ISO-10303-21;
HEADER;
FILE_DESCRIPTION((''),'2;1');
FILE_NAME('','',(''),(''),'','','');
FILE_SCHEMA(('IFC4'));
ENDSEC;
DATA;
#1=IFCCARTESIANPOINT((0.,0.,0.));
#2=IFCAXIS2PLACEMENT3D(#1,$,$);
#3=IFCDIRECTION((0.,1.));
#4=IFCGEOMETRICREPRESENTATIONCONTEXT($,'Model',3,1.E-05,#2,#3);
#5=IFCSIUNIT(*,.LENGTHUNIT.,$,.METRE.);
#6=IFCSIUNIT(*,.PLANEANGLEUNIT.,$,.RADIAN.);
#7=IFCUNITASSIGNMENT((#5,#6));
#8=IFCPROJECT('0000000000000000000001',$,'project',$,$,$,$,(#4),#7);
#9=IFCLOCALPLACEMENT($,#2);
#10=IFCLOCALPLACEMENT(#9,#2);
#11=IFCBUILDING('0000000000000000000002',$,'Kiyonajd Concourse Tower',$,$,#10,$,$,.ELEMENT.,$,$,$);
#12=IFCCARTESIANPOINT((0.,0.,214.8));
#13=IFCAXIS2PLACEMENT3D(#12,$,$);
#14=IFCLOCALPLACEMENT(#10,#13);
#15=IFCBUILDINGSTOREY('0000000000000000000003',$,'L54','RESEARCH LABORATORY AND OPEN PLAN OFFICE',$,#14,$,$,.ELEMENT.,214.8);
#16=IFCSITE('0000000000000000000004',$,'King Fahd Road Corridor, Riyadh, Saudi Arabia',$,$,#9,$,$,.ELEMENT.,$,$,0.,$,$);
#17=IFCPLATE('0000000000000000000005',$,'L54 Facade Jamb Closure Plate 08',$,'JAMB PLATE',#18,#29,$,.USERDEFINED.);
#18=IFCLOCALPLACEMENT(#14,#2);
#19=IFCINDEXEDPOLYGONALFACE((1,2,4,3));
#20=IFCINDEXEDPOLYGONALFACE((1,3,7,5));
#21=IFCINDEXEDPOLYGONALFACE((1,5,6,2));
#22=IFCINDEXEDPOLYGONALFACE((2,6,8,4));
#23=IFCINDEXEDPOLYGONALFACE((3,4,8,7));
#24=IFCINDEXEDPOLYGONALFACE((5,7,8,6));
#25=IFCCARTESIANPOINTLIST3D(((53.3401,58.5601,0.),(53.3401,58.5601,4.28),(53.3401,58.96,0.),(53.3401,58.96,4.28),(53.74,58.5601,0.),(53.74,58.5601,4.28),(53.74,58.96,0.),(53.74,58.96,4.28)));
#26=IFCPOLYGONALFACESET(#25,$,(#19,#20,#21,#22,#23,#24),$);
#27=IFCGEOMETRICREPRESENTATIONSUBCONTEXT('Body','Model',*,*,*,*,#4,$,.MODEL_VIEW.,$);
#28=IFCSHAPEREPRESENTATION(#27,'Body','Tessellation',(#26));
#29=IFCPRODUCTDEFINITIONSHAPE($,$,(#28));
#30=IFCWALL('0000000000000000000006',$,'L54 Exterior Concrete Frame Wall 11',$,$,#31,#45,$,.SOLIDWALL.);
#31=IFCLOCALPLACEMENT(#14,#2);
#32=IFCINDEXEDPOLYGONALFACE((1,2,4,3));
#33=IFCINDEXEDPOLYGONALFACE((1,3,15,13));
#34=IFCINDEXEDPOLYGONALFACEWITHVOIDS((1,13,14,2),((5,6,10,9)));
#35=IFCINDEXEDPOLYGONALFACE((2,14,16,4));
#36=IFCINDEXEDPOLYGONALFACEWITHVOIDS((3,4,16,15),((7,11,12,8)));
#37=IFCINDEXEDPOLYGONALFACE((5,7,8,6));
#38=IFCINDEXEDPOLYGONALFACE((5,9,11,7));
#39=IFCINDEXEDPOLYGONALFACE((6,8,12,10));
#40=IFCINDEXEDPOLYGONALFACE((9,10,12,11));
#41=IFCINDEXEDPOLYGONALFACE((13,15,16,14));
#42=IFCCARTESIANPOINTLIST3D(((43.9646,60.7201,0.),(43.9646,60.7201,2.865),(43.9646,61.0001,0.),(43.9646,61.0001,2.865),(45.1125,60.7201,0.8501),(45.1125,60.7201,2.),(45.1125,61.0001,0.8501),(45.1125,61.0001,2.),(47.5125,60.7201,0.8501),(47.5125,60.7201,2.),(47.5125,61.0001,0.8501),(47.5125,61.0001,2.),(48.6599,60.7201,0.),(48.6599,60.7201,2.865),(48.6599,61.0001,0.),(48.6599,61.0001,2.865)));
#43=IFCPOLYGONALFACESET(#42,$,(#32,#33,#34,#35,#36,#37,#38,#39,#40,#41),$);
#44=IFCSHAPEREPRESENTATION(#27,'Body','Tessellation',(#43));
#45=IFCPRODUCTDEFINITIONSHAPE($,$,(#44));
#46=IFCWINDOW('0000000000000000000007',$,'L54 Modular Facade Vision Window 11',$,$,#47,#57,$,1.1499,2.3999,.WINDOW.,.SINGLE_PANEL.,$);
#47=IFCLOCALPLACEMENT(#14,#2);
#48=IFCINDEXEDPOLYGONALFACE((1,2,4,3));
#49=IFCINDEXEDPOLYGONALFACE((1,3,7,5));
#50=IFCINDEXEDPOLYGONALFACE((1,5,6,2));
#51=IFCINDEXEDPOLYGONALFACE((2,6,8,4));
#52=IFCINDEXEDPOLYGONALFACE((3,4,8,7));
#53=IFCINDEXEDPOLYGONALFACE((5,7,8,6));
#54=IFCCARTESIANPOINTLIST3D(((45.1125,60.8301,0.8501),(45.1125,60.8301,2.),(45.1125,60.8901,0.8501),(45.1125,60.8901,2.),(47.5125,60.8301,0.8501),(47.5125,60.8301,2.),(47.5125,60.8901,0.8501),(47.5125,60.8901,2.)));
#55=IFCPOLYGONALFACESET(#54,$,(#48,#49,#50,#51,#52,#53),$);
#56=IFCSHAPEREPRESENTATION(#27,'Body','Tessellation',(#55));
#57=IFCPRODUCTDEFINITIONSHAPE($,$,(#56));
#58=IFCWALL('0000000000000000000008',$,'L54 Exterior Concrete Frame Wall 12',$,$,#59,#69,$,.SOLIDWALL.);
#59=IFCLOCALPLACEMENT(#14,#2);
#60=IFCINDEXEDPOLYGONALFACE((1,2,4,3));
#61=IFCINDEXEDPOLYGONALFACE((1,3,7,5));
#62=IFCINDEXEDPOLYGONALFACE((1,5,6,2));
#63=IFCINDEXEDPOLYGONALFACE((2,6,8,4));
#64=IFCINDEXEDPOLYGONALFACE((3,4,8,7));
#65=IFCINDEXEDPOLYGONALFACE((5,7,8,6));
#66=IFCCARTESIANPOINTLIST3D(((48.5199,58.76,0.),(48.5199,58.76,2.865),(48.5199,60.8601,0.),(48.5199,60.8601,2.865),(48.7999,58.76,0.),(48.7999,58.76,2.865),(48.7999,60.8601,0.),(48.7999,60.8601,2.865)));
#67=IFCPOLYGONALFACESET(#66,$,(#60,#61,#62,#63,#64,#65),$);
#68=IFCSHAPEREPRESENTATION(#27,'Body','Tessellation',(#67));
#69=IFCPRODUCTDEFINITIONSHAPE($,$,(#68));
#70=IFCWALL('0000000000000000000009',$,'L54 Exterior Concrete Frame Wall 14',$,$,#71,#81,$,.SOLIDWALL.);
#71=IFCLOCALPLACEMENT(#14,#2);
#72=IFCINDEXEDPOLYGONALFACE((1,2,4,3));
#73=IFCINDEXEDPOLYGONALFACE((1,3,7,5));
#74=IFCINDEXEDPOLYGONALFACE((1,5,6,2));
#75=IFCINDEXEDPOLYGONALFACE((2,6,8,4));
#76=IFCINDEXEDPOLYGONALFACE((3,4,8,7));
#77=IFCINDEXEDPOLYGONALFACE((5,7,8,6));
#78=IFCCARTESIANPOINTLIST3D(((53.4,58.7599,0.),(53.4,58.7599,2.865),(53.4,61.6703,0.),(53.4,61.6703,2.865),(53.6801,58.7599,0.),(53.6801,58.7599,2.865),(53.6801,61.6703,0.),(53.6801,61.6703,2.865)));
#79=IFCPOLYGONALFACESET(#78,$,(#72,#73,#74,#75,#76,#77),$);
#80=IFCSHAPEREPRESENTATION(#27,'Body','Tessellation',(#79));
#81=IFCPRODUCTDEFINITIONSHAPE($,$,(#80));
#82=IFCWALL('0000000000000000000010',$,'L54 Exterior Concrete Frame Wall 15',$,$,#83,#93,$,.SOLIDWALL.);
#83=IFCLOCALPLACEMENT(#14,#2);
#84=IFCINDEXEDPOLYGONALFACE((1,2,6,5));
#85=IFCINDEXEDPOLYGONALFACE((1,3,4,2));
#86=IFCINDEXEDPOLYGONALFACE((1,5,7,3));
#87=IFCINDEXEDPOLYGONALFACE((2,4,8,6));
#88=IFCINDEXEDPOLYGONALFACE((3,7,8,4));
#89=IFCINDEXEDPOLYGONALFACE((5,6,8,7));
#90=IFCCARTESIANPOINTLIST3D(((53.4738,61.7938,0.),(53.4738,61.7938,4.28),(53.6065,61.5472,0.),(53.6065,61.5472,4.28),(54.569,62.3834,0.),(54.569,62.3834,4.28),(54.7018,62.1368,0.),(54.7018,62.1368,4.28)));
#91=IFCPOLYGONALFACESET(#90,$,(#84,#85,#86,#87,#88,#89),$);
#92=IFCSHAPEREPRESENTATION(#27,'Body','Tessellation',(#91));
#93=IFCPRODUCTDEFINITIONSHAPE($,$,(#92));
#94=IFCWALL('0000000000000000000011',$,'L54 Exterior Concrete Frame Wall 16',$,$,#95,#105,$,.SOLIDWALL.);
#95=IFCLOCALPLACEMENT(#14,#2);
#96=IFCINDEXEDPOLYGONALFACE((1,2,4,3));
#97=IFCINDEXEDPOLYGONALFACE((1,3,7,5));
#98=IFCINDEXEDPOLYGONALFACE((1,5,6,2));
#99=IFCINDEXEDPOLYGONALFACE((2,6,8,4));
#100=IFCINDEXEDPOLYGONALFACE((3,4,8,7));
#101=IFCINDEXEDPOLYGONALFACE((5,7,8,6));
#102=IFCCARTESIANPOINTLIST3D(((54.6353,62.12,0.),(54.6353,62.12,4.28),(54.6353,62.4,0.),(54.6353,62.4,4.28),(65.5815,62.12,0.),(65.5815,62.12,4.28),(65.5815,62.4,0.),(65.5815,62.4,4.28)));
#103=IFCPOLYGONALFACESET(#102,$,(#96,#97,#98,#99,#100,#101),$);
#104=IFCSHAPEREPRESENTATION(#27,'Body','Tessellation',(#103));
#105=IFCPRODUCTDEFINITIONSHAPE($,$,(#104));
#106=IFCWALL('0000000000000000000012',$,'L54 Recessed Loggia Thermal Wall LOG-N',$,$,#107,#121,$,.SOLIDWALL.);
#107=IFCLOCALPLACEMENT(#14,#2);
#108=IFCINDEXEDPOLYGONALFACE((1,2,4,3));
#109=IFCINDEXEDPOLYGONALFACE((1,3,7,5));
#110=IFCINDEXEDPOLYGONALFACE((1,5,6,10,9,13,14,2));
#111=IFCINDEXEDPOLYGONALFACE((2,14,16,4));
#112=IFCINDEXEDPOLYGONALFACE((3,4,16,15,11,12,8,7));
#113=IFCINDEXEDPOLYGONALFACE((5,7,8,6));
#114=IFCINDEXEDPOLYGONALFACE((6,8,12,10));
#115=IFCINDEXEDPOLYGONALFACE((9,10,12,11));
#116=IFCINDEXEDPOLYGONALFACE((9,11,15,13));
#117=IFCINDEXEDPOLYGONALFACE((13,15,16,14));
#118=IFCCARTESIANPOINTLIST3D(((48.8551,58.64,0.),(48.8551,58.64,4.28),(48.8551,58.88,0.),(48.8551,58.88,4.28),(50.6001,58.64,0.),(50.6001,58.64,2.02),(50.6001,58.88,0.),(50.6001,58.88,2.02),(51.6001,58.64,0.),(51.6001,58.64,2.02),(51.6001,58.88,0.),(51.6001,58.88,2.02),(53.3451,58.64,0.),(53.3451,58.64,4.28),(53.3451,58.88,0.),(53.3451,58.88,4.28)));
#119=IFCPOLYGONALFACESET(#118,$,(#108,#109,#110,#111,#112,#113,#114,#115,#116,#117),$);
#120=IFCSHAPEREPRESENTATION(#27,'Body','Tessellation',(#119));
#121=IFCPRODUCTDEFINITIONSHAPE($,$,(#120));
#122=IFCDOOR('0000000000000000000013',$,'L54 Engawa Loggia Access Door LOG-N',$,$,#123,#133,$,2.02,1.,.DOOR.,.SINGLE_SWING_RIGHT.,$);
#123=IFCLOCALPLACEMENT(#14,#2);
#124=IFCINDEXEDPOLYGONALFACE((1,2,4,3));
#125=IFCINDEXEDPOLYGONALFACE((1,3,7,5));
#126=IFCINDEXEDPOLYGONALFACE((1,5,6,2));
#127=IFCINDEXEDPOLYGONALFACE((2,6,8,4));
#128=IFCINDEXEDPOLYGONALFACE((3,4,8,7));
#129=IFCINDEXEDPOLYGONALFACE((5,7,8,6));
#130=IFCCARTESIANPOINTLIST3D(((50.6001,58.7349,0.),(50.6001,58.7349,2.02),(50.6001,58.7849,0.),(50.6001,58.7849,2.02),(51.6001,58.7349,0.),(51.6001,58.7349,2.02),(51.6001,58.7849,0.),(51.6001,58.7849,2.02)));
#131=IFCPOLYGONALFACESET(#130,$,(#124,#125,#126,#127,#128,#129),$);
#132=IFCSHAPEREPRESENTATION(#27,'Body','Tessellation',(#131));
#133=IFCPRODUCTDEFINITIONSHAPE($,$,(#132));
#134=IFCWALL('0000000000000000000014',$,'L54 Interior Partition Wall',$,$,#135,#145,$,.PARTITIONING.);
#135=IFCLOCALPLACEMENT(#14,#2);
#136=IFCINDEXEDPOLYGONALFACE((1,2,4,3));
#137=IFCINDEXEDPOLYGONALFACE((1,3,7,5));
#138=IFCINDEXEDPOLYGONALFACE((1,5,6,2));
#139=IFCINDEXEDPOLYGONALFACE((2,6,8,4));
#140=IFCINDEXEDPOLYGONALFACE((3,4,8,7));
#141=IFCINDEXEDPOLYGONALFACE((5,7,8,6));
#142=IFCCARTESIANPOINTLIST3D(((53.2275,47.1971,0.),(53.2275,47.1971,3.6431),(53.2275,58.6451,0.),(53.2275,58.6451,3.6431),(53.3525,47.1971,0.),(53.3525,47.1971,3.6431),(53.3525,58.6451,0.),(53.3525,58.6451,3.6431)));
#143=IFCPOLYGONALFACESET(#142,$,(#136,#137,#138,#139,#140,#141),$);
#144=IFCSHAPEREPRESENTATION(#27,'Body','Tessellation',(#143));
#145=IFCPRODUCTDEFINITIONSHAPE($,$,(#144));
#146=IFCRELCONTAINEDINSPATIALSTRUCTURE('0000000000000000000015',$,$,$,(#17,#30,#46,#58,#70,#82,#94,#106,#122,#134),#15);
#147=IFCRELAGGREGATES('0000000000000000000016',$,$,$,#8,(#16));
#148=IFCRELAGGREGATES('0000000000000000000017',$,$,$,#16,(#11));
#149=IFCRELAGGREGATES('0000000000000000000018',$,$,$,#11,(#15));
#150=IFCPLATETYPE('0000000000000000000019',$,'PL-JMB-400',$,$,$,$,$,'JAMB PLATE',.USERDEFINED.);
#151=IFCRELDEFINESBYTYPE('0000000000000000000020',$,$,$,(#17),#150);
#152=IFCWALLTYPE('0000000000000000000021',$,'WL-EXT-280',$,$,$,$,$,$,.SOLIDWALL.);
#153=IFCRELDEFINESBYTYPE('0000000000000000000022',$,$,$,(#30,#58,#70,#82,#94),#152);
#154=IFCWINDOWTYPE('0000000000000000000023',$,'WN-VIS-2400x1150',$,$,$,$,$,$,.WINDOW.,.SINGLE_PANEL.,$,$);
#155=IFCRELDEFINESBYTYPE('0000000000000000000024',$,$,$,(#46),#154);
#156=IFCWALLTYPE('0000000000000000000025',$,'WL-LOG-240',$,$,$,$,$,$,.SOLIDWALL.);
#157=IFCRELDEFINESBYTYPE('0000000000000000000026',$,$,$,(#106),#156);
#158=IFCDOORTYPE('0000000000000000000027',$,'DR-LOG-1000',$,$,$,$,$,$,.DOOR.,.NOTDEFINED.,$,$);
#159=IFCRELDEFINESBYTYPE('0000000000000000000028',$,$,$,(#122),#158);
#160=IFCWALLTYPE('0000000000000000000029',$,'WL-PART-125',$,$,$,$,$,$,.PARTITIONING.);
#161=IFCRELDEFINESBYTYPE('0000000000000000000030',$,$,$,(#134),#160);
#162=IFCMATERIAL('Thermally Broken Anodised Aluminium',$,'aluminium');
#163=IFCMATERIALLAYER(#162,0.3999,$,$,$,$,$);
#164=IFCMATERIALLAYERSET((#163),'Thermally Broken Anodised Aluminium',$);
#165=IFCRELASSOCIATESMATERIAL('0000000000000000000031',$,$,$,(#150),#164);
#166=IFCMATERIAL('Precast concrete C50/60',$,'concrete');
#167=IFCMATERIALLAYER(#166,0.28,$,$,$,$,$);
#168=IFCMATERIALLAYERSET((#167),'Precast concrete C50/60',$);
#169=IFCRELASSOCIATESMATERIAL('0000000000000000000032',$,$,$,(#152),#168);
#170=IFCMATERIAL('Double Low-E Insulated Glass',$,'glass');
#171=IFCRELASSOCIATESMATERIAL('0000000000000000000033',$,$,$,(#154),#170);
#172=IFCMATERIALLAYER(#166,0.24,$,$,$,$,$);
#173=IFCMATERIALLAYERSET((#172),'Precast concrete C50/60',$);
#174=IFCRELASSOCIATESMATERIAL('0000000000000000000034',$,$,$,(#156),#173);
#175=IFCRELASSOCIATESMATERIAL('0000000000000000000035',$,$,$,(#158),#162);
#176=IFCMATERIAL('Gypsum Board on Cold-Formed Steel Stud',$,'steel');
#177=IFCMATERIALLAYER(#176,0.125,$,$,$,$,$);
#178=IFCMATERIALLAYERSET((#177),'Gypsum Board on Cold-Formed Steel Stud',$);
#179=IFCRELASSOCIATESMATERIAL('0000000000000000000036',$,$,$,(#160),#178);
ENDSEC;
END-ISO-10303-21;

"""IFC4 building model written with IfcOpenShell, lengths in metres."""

from ifc_helpers import new_model, si_unit, direction, frame, frame_2d, origin, origin_2d, place, context, subcontext, project, spatial, rectangle, extrude, material, layer, layer_set, type_object, element, fill, save


model = new_model("IFC4")

# Units and contexts
model_context = context("Model", 3, precision=1e-05, world=origin(), true_north=direction((0.0, 1.0)))
body_context = subcontext(model_context, "Body", "Model", "MODEL_VIEW")
ifc_project = project(units=[si_unit("LENGTHUNIT", "METRE"), si_unit("PLANEANGLEUNIT", "RADIAN")], contexts=[model_context])

# Site, building, storey
site_placement = place(None, origin())
site = spatial("IfcSite", under=ifc_project, at=site_placement, Name="King Fahd Road Corridor, Riyadh, Saudi Arabia", CompositionType="ELEMENT", RefElevation=0.0)
building_placement = place(site_placement, origin())
building = spatial("IfcBuilding", under=site, at=building_placement, Name="Kiyonajd Concourse Tower", CompositionType="ELEMENT")
storey_placement = place(building_placement, frame((0.0, 0.0, 214.8)))
storey = spatial("IfcBuildingStorey", under=building, at=storey_placement, Name="L54", Description="RESEARCH LABORATORY AND OPEN PLAN OFFICE", CompositionType="ELEMENT", Elevation=214.8)

# Plate
ifc_material_1 = material(Name="Thermally Broken Anodised Aluminium", Category="aluminium")
ifc_layer_1 = layer(ifc_material_1, 0.3999)
ifc_layer_set_1 = layer_set([ifc_layer_1], Name="Thermally Broken Anodised Aluminium")
plate_type_1 = type_object("IfcPlateType", Name="PL-JMB-400", ElementType="JAMB PLATE", PredefinedType="USERDEFINED", material=ifc_layer_set_1)
for number, where, z_axis, x_axis, name in (
    (1, (53.54, 58.76, 0.0), (0.0, 0.0, 1.0), (1.0, 0.0, 0.0), "L54 Facade Jamb Closure Plate 08"),
):
    element("IfcPlate", number, at=place(storey_placement, frame(where, z_axis=z_axis, x_axis=x_axis)), inside=storey, type_object=plate_type_1, Name=name, ObjectType="JAMB PLATE", PredefinedType="USERDEFINED", context=body_context, shape_type="SweptSolid", body=[
        extrude(rectangle(XDim=0.3999, YDim=0.3999, at=origin_2d()), origin(), (0.0, 0.0, 1.0), 4.28),
    ])

# Wall, opening, window
ifc_material_2 = material(Name="Precast concrete C50/60", Category="concrete")
ifc_layer_2 = layer(ifc_material_2, 0.28)
ifc_layer_set_2 = layer_set([ifc_layer_2], Name="Precast concrete C50/60")
wall_type_1 = type_object("IfcWallType", Name="WL-EXT-280", PredefinedType="SOLIDWALL", material=ifc_layer_set_2)
wall_1_placement = place(storey_placement, frame((43.9646, 60.8601, 0.0), z_axis=(0.0, 0.0, 1.0), x_axis=(1.0, 0.0, 0.0)))
wall_1 = element("IfcWall", 2, at=wall_1_placement, inside=storey, type_object=wall_type_1, Name="L54 Exterior Concrete Frame Wall 11", PredefinedType="SOLIDWALL", context=body_context, shape_type="SweptSolid", body=[
    extrude(rectangle(XDim=4.6953, YDim=0.28, at=frame_2d((2.3477, 0.0))), origin(), (0.0, 0.0, 1.0), 2.865),
])
opening_1_placement = place(wall_1_placement, frame((1.1479, 0.0, 0.8501)))
opening_1 = element("IfcOpeningElement", 3, at=opening_1_placement, cuts=wall_1, PredefinedType="OPENING", context=body_context, shape_type="SweptSolid", body=[
    extrude(rectangle(XDim=2.3999, YDim=1.1499, at=frame_2d((1.2, 0.575))), frame((0.0, 0.1499, 0.0), z_axis=(0.0, -1.0, 0.0), x_axis=(1.0, 0.0, 0.0)), (0.0, 0.0, 1.0), 0.3),
])
ifc_material_3 = material(Name="Double Low-E Insulated Glass", Category="glass")
window_type = type_object("IfcWindowType", Name="WN-VIS-2400x1150", PartitioningType="SINGLE_PANEL", PredefinedType="WINDOW", material=ifc_material_3)
window_placement = place(opening_1_placement, origin())
window = element("IfcWindow", 4, at=window_placement, inside=storey, type_object=window_type, Name="L54 Modular Facade Vision Window 11", OverallHeight=1.1499, OverallWidth=2.3999, PartitioningType="SINGLE_PANEL", PredefinedType="WINDOW", context=body_context, shape_type="SweptSolid", body=[
    extrude(rectangle(XDim=2.3999, YDim=1.1499, at=frame_2d((1.2, 0.575))), frame((0.0, 0.03, 0.0), z_axis=(0.0, -1.0, 0.0), x_axis=(1.0, 0.0, 0.0)), (0.0, 0.0, 1.0), 0.0601),
])
fill(opening_1, window)

# Walls
wall_2_placement = place(storey_placement, frame((48.6599, 60.8601, 0.0), z_axis=(0.0, 0.0, 1.0), x_axis=(0.0, -1.0, 0.0)))
element("IfcWall", 5, at=wall_2_placement, inside=storey, type_object=wall_type_1, Name="L54 Exterior Concrete Frame Wall 12", PredefinedType="SOLIDWALL", context=body_context, shape_type="SweptSolid", body=[
    extrude(rectangle(XDim=2.1001, YDim=0.28, at=frame_2d((1.05, 0.0))), origin(), (0.0, 0.0, 1.0), 2.865),
])
wall_3_placement = place(storey_placement, frame((53.54, 58.76, 0.0), z_axis=(0.0, 0.0, 1.0), x_axis=(0.0, 1.0, 0.0)))
element("IfcWall", 6, at=wall_3_placement, inside=storey, type_object=wall_type_1, Name="L54 Exterior Concrete Frame Wall 14", PredefinedType="SOLIDWALL", context=body_context, shape_type="SweptSolid", body=[
    extrude(rectangle(XDim=2.9104, YDim=0.28, at=frame_2d((1.4551, 0.0))), origin(), (0.0, 0.0, 1.0), 2.865),
])
wall_4_placement = place(storey_placement, frame((53.54, 61.6704, 0.0), z_axis=(0.0, 0.0, 1.0), x_axis=(0.880515, 0.474018, 0.0)))
element("IfcWall", 7, at=wall_4_placement, inside=storey, type_object=wall_type_1, Name="L54 Exterior Concrete Frame Wall 15", PredefinedType="SOLIDWALL", context=body_context, shape_type="SweptSolid", body=[
    extrude(rectangle(XDim=1.2439, YDim=0.28, at=frame_2d((0.6221, 0.0))), origin(), (0.0, 0.0, 1.0), 4.28),
])
wall_5_placement = place(storey_placement, frame((54.6353, 62.26, 0.0), z_axis=(0.0, 0.0, 1.0), x_axis=(1.0, 0.0, 0.0)))
element("IfcWall", 8, at=wall_5_placement, inside=storey, type_object=wall_type_1, Name="L54 Exterior Concrete Frame Wall 16", PredefinedType="SOLIDWALL", context=body_context, shape_type="SweptSolid", body=[
    extrude(rectangle(XDim=10.9463, YDim=0.28, at=frame_2d((5.4731, 0.0))), origin(), (0.0, 0.0, 1.0), 4.28),
])

# Wall, opening, door
ifc_layer_3 = layer(ifc_material_2, 0.24)
ifc_layer_set_3 = layer_set([ifc_layer_3], Name="Precast concrete C50/60")
wall_type_2 = type_object("IfcWallType", Name="WL-LOG-240", PredefinedType="SOLIDWALL", material=ifc_layer_set_3)
wall_6_placement = place(storey_placement, frame((48.855, 58.76, 0.0), z_axis=(0.0, 0.0, 1.0), x_axis=(1.0, 0.0, 0.0)))
wall_6 = element("IfcWall", 9, at=wall_6_placement, inside=storey, type_object=wall_type_2, Name="L54 Recessed Loggia Thermal Wall LOG-N", PredefinedType="SOLIDWALL", context=body_context, shape_type="SweptSolid", body=[
    extrude(rectangle(XDim=4.49, YDim=0.24, at=frame_2d((2.2451, 0.0))), origin(), (0.0, 0.0, 1.0), 4.28),
])
opening_2_placement = place(wall_6_placement, frame((1.7451, 0.0, 0.0)))
opening_2 = element("IfcOpeningElement", 10, at=opening_2_placement, cuts=wall_6, PredefinedType="OPENING", context=body_context, shape_type="SweptSolid", body=[
    extrude(rectangle(XDim=1.0, YDim=2.02, at=frame_2d((0.5, 1.01))), frame((0.0, 0.1299, 0.0), z_axis=(0.0, -1.0, 0.0), x_axis=(1.0, 0.0, 0.0)), (0.0, 0.0, 1.0), 0.26),
])
door_type = type_object("IfcDoorType", Name="DR-LOG-1000", OperationType="NOTDEFINED", PredefinedType="DOOR", material=ifc_material_1)
door_placement = place(opening_2_placement, origin())
door = element("IfcDoor", 11, at=door_placement, inside=storey, type_object=door_type, Name="L54 Engawa Loggia Access Door LOG-N", OperationType="SINGLE_SWING_RIGHT", OverallHeight=2.02, OverallWidth=1.0, PredefinedType="DOOR", context=body_context, shape_type="SweptSolid", body=[
    extrude(rectangle(XDim=1.0, YDim=2.02, at=frame_2d((0.5, 1.01))), frame((0.0, 0.0249, 0.0), z_axis=(0.0, -1.0, 0.0), x_axis=(1.0, 0.0, 0.0)), (0.0, 0.0, 1.0), 0.05),
])
fill(opening_2, door)

# Wall
ifc_material_4 = material(Name="Gypsum Board on Cold-Formed Steel Stud", Category="steel")
ifc_layer_4 = layer(ifc_material_4, 0.125)
ifc_layer_set_4 = layer_set([ifc_layer_4], Name="Gypsum Board on Cold-Formed Steel Stud")
wall_type_3 = type_object("IfcWallType", Name="WL-PART-125", PredefinedType="PARTITIONING", material=ifc_layer_set_4)
wall_7_placement = place(storey_placement, frame((53.29, 47.197, 0.0), z_axis=(0.0, 0.0, 1.0), x_axis=(0.0, 1.0, 0.0)))
element("IfcWall", 12, at=wall_7_placement, inside=storey, type_object=wall_type_3, Name="L54 Interior Partition Wall", PredefinedType="PARTITIONING", context=body_context, shape_type="SweptSolid", body=[
    extrude(rectangle(XDim=11.448, YDim=0.125, at=frame_2d((5.7241, 0.0))), origin(), (0.0, 0.0, 1.0), 3.6431),
])

save(model, "model.ifc")
